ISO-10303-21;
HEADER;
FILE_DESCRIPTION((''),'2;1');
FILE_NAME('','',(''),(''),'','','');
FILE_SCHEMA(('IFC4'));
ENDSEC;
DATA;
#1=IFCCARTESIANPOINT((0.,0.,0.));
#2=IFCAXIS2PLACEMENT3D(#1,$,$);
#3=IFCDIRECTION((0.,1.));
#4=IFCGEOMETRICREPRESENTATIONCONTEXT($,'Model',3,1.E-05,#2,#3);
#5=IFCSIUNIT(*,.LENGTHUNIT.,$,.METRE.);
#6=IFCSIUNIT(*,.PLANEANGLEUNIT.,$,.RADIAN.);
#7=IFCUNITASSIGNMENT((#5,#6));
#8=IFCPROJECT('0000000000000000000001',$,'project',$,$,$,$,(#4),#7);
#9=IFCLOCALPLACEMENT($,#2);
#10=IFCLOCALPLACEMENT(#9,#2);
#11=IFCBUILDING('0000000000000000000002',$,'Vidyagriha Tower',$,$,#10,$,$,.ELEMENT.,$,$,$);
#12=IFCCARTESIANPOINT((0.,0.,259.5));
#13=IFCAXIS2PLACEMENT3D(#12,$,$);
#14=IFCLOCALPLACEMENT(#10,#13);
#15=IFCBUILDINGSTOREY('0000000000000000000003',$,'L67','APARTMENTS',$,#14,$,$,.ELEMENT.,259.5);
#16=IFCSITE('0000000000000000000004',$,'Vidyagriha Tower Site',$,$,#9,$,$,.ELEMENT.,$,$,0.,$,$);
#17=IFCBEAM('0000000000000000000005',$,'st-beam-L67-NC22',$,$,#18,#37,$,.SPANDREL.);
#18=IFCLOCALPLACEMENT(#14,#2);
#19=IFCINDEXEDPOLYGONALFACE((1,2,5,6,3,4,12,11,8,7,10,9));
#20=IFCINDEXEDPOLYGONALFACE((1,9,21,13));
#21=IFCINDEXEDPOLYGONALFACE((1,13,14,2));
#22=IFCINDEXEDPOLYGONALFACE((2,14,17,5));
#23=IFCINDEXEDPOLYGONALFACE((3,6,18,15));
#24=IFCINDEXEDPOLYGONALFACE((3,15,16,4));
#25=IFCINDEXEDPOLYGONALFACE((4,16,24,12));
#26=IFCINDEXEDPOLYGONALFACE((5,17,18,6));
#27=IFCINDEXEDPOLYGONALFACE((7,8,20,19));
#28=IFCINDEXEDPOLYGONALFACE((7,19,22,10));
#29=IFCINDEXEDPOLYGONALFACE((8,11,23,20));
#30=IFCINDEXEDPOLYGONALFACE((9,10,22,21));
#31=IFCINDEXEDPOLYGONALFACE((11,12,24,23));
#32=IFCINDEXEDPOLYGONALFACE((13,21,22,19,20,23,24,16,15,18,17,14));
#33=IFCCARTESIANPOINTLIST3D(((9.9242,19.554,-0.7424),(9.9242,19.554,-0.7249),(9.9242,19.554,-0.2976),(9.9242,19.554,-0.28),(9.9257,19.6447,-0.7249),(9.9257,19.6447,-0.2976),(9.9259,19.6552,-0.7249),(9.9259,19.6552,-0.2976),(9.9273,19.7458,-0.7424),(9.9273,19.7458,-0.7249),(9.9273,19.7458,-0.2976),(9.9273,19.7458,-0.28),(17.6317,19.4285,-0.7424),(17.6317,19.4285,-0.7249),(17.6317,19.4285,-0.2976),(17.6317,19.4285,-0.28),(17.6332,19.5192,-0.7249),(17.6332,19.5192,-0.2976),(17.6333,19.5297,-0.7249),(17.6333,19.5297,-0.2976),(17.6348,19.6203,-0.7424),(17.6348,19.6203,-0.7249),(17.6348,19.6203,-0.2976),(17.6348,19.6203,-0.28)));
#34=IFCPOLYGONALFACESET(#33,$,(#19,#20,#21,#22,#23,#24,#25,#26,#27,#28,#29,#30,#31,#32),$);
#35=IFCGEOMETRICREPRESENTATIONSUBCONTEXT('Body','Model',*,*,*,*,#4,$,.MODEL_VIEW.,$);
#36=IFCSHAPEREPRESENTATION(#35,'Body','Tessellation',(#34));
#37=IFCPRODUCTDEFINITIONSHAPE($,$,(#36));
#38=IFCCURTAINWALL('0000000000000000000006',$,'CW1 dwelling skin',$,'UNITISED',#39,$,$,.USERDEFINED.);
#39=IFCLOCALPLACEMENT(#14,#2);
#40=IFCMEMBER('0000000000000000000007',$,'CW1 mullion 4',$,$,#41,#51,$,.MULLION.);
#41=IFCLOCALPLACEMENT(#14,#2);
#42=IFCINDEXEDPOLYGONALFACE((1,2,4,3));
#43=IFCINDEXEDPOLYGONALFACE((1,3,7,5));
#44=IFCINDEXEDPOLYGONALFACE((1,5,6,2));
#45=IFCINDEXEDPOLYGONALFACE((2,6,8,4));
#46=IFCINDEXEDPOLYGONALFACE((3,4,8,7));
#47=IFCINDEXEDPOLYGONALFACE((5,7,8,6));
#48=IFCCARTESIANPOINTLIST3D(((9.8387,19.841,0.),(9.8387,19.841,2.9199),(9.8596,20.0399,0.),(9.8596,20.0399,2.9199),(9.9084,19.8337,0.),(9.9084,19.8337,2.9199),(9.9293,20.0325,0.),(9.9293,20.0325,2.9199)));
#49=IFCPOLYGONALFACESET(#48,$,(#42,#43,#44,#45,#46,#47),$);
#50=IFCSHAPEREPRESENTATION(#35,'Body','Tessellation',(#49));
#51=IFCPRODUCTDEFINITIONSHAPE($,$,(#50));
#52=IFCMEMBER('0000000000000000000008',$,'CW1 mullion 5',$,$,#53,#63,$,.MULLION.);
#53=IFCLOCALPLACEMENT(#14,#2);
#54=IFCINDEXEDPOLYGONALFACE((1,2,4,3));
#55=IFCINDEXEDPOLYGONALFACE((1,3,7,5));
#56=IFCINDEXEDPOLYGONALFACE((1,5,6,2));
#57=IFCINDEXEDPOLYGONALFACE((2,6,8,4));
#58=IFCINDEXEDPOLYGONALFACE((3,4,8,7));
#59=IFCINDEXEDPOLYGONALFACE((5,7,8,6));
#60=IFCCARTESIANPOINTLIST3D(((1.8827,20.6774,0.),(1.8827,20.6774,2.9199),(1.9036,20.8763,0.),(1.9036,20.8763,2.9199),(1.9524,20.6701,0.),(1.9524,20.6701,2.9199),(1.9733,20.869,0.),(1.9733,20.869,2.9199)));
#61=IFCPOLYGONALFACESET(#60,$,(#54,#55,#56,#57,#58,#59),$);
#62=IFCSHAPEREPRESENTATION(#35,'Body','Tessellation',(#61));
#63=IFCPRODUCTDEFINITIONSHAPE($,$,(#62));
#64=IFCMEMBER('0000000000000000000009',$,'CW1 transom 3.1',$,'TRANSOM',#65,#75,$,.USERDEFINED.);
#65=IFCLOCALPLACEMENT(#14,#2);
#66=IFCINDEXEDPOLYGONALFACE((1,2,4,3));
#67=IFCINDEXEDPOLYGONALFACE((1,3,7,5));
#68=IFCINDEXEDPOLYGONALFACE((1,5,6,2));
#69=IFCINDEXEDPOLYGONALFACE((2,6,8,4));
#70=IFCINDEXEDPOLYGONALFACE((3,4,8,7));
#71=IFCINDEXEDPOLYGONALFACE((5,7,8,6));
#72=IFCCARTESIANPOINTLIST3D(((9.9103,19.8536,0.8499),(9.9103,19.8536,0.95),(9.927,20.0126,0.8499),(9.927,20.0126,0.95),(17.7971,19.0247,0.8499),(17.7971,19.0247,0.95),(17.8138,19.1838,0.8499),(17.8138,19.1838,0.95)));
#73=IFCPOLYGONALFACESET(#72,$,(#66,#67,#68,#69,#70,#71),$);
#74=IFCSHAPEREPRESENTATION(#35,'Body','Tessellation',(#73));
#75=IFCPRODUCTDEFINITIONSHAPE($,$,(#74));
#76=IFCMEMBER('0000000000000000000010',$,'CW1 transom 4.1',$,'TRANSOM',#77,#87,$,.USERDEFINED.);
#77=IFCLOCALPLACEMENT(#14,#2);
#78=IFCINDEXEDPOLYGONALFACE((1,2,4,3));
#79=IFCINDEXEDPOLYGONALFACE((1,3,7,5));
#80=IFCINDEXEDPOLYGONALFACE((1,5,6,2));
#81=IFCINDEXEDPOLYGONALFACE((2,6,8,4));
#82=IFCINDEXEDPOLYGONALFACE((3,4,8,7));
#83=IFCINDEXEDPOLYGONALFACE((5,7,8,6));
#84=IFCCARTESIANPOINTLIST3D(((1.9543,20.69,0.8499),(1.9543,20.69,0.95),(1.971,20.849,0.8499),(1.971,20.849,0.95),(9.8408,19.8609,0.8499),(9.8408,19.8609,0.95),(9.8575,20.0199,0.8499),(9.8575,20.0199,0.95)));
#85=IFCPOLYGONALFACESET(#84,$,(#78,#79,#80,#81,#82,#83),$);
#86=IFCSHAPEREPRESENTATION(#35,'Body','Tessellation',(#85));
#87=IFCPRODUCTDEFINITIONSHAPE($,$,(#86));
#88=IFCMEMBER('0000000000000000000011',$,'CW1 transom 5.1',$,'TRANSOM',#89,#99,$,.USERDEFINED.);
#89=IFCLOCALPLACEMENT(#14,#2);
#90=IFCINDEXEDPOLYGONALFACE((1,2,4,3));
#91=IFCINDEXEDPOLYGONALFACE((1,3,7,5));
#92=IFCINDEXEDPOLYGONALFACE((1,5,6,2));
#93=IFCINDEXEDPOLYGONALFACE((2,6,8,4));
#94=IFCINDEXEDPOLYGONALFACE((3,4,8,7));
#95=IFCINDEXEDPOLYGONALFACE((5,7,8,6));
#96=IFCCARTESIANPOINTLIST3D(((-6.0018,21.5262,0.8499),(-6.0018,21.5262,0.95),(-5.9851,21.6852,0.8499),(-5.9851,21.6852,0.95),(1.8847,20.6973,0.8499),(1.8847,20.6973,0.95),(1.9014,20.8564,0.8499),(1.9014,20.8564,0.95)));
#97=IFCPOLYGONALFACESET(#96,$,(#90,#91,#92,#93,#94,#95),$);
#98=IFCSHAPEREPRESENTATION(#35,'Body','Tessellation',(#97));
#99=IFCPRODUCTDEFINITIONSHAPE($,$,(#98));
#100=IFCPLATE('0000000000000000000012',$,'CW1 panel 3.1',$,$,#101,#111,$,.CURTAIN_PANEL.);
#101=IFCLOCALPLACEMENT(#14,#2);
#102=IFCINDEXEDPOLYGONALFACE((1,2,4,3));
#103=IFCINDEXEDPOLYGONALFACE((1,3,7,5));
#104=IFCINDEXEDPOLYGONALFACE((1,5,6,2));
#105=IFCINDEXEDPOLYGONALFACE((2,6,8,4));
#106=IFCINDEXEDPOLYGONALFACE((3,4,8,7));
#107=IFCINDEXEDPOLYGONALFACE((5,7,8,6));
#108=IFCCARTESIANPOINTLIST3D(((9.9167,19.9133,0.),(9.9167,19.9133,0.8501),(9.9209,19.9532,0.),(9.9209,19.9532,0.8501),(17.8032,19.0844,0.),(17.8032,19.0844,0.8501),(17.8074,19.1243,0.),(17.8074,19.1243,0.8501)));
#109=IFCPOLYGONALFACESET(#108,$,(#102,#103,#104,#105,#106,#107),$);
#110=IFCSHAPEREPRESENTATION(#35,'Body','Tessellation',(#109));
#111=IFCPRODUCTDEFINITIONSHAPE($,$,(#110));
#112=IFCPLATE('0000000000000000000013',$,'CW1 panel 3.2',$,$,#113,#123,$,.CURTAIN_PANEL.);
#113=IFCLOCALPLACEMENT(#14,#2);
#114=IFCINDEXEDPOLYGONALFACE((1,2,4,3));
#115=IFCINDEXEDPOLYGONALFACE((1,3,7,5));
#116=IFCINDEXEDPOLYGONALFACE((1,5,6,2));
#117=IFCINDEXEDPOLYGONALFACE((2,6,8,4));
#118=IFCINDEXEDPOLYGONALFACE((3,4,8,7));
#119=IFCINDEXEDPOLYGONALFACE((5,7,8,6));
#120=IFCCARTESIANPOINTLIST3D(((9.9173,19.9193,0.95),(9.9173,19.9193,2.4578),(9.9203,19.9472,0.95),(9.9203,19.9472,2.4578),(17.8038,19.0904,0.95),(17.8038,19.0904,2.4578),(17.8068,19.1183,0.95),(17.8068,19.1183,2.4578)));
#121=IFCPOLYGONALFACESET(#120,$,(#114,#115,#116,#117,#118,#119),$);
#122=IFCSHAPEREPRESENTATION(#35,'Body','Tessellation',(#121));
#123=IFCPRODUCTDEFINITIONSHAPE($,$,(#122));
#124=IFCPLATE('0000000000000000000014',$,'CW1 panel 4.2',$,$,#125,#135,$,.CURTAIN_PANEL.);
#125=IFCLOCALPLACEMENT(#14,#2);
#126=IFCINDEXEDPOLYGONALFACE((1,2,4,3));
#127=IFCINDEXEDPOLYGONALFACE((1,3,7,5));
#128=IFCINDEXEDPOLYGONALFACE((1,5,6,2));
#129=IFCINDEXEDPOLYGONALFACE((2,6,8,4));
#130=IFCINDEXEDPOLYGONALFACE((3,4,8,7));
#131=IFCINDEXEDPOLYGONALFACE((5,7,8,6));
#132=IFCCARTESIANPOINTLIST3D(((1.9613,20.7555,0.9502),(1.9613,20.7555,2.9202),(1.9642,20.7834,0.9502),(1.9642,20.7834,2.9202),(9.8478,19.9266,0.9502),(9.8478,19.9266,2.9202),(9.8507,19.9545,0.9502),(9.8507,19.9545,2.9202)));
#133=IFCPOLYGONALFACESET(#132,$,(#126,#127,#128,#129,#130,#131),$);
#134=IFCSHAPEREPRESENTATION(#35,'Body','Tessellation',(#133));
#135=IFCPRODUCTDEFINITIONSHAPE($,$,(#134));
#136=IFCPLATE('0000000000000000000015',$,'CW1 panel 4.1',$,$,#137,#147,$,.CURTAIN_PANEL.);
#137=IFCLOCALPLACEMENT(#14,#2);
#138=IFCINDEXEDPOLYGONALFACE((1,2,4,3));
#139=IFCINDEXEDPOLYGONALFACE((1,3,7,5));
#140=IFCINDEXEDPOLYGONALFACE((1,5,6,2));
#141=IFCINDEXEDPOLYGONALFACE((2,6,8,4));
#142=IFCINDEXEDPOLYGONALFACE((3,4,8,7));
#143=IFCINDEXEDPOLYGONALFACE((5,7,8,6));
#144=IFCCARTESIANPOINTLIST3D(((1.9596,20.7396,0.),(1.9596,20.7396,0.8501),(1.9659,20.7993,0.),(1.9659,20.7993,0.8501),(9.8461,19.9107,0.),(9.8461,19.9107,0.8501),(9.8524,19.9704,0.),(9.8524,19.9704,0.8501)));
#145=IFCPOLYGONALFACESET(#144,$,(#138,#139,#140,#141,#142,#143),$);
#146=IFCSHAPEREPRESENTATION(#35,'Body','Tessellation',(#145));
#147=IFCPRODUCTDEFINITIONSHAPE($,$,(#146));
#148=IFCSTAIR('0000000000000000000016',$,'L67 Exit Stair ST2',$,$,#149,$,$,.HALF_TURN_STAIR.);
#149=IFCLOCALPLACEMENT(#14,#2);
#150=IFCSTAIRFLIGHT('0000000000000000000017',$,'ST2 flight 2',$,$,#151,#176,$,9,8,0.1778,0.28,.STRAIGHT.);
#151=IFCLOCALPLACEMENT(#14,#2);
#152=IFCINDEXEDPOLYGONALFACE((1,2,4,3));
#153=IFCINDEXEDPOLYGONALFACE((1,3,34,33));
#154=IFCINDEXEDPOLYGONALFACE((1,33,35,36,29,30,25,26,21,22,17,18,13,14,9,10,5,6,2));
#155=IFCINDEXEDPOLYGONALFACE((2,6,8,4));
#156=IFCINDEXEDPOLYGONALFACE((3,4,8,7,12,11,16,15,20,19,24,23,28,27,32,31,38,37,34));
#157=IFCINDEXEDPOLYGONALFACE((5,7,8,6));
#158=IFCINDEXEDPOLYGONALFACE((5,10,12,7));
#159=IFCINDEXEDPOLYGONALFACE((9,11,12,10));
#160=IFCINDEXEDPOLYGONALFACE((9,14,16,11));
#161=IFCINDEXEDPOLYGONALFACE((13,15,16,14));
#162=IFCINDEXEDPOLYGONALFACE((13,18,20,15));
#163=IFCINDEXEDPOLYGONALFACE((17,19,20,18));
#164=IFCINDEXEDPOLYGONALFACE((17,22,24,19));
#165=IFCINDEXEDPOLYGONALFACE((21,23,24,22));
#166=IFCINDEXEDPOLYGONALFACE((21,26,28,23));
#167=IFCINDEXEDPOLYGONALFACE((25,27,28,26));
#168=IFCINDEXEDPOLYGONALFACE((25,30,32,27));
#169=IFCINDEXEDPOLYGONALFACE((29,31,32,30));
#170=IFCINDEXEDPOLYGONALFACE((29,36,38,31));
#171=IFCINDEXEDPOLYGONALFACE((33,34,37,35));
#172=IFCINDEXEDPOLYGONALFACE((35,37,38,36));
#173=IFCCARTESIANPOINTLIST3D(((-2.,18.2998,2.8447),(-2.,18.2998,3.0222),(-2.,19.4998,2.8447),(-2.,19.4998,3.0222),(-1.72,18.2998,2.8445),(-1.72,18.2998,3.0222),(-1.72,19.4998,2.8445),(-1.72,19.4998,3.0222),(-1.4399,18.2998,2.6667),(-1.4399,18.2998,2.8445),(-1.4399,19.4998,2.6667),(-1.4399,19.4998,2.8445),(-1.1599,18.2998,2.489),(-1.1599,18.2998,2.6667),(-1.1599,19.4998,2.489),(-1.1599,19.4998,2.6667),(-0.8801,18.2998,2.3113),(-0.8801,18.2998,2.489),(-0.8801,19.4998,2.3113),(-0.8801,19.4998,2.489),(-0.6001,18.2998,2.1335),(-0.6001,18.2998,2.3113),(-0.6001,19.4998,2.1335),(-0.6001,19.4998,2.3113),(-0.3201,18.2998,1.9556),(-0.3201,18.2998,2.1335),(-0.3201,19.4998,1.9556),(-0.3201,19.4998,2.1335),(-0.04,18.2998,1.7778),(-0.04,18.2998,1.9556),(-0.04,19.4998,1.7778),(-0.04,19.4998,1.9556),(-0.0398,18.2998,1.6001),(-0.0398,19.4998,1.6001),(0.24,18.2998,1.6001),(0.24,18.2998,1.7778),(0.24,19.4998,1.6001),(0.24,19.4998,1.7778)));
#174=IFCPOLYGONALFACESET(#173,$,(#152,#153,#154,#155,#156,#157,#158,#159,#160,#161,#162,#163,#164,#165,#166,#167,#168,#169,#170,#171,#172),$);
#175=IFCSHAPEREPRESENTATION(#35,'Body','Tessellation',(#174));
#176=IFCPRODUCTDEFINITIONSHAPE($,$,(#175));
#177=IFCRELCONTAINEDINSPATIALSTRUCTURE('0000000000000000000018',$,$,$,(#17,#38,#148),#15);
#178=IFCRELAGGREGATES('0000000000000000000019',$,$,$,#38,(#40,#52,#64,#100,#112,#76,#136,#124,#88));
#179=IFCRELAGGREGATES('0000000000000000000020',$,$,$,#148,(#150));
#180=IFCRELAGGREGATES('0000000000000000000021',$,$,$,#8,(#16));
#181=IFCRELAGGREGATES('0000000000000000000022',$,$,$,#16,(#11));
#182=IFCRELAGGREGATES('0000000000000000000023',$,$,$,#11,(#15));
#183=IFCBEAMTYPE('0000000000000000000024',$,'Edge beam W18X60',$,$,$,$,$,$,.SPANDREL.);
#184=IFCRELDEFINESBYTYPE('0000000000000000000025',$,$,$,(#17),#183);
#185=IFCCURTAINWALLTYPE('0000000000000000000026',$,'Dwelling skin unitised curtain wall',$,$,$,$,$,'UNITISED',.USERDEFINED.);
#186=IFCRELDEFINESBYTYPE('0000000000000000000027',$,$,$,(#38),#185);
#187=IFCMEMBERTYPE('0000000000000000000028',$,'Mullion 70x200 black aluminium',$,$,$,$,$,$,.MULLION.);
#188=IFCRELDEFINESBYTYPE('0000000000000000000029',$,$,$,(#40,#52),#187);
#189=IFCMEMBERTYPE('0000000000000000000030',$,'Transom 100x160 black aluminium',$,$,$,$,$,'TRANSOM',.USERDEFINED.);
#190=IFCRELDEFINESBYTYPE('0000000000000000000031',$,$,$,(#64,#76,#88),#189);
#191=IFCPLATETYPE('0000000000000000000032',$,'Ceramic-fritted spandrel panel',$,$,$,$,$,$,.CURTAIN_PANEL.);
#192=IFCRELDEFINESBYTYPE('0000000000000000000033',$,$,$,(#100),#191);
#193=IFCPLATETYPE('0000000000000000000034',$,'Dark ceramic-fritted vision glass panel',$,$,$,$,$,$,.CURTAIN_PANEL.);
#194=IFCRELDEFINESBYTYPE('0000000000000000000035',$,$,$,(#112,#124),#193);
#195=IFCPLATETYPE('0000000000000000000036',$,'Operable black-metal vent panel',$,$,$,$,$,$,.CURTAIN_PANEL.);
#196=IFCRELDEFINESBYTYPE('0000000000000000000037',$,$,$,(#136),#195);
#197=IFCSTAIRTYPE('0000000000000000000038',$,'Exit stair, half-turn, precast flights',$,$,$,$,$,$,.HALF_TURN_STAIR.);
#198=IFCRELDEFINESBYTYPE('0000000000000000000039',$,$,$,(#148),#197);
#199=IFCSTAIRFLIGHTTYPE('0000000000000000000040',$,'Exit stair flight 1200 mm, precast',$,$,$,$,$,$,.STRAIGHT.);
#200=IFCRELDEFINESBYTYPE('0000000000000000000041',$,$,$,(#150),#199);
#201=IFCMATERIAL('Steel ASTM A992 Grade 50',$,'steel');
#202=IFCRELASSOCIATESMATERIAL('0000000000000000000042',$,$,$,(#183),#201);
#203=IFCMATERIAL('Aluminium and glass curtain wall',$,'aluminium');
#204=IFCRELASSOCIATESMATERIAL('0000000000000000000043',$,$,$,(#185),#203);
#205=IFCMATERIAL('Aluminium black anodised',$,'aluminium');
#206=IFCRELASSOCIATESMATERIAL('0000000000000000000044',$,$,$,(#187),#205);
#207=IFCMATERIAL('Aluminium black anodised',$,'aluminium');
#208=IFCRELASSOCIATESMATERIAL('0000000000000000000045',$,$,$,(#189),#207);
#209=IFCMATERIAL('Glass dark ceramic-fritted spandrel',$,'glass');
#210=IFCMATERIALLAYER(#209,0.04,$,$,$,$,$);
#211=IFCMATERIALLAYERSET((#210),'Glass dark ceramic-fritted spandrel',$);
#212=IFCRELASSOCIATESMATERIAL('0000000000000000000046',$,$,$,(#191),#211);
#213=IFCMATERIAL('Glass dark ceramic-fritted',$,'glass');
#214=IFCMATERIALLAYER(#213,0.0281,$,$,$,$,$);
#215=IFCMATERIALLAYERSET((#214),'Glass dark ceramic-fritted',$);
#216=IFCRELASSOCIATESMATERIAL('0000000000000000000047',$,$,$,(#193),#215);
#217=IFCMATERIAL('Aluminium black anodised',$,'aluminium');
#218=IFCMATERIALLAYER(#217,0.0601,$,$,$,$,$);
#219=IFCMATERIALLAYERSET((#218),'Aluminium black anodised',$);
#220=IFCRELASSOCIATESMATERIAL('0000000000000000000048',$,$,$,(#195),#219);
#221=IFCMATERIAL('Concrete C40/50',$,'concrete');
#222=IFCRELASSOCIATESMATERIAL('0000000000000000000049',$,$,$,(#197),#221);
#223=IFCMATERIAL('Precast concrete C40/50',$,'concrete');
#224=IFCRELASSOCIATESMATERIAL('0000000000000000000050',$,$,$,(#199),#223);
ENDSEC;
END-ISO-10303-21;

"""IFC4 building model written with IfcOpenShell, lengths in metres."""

from ifc_helpers import new_model, si_unit, direction, frame, origin, origin_2d, place, context, subcontext, project, spatial, polyline, rectangle, i_section, outline, extrude, material, layer, layer_set, material_profile, profile_set, type_object, element, aggregate, save


model = new_model("IFC4")

# Units and contexts
model_context = context("Model", 3, precision=1e-05, world=origin(), true_north=direction((0.0, 1.0)))
body_context = subcontext(model_context, "Body", "Model", "MODEL_VIEW")
ifc_project = project(units=[si_unit("LENGTHUNIT", "METRE"), si_unit("PLANEANGLEUNIT", "RADIAN")], contexts=[model_context])

# Site, building, storey
site_placement = place(None, origin())
site = spatial("IfcSite", under=ifc_project, at=site_placement, Name="Vidyagriha Tower Site", CompositionType="ELEMENT", RefElevation=0.0)
building_placement = place(site_placement, origin())
building = spatial("IfcBuilding", under=site, at=building_placement, Name="Vidyagriha Tower", CompositionType="ELEMENT")
storey_placement = place(building_placement, frame((0.0, 0.0, 259.5)))
storey = spatial("IfcBuildingStorey", under=building, at=storey_placement, Name="L67", Description="APARTMENTS", CompositionType="ELEMENT", Elevation=259.5)

# Beam
ifc_material_1 = material(Name="Steel ASTM A992 Grade 50", Category="steel")
ifc_material_profile_1 = material_profile(ifc_material_1, i_section(OverallWidth=0.1919, OverallDepth=0.4624, WebThickness=0.0105, FlangeThickness=0.0176, at=origin_2d()), Name="W18X60")
ifc_profile_set_1 = profile_set([ifc_material_profile_1], Name="Steel ASTM A992 Grade 50")
beam_type = type_object("IfcBeamType", Name="Edge beam W18X60", PredefinedType="SPANDREL", material=ifc_profile_set_1)
beam_placement = place(storey_placement, frame((9.9258, 19.6499, -0.5112), z_axis=(0.999867, -0.016279, 0.0), x_axis=(0.016279, 0.999867, 0.0)))
element("IfcBeam", 1, at=beam_placement, inside=storey, type_object=beam_type, Name="st-beam-L67-NC22", PredefinedType="SPANDREL", context=body_context, shape_type="SweptSolid", body=[
    extrude(i_section(OverallWidth=0.1919, OverallDepth=0.4624, WebThickness=0.0105, FlangeThickness=0.0176, at=origin_2d()), origin(), (0.0, 0.0, 1.0), 7.7085),
])

# Curtain wall, members, plates
ifc_material_2 = material(Name="Aluminium and glass curtain wall", Category="aluminium")
curtain_wall_type = type_object("IfcCurtainWallType", Name="Dwelling skin unitised curtain wall", ElementType="UNITISED", PredefinedType="USERDEFINED", material=ifc_material_2)
curtain_wall_placement = place(storey_placement, origin())
curtain_wall = element("IfcCurtainWall", 2, at=curtain_wall_placement, inside=storey, type_object=curtain_wall_type, Name="CW1 dwelling skin", ObjectType="UNITISED", PredefinedType="USERDEFINED")
ifc_material_3 = material(Name="Aluminium black anodised", Category="aluminium")
ifc_material_profile_2 = material_profile(ifc_material_3, rectangle(XDim=0.2, YDim=0.0701, at=origin_2d()), Name="Mullion 70x200 black aluminium")
ifc_profile_set_2 = profile_set([ifc_material_profile_2], Name="Aluminium black anodised")
member_type_1 = type_object("IfcMemberType", Name="Mullion 70x200 black aluminium", PredefinedType="MULLION", material=ifc_profile_set_2)
member_1_placement = place(storey_placement, frame((9.884, 19.9368, 0.0), z_axis=(0.0, 0.0, 1.0), x_axis=(-0.104529, -0.994522, 0.0)))
member_1 = element("IfcMember", 3, at=member_1_placement, type_object=member_type_1, Name="CW1 mullion 4", PredefinedType="MULLION", context=body_context, shape_type="SweptSolid", body=[
    extrude(rectangle(XDim=0.2, YDim=0.0701, at=origin_2d()), origin(), (0.0, 0.0, 1.0), 2.9199),
])
member_2_placement = place(storey_placement, frame((1.928, 20.7732, 0.0), z_axis=(0.0, 0.0, 1.0), x_axis=(-0.104529, -0.994522, 0.0)))
member_2 = element("IfcMember", 4, at=member_2_placement, type_object=member_type_1, Name="CW1 mullion 5", PredefinedType="MULLION", context=body_context, shape_type="SweptSolid", body=[
    extrude(rectangle(XDim=0.2, YDim=0.0701, at=origin_2d()), origin(), (0.0, 0.0, 1.0), 2.9199),
])
ifc_material_4 = material(Name="Aluminium black anodised", Category="aluminium")
ifc_material_profile_3 = material_profile(ifc_material_4, rectangle(XDim=0.1599, YDim=0.1001, at=origin_2d()), Name="Transom 100x160 black aluminium")
ifc_profile_set_3 = profile_set([ifc_material_profile_3], Name="Aluminium black anodised")
member_type_2 = type_object("IfcMemberType", Name="Transom 100x160 black aluminium", ElementType="TRANSOM", PredefinedType="USERDEFINED", material=ifc_profile_set_3)
member_3_placement = place(storey_placement, frame((17.8054, 19.1042, 0.8999), z_axis=(-0.994523, 0.10452, 0.0), x_axis=(-0.10452, -0.994523, 0.0)))
member_3 = element("IfcMember", 5, at=member_3_placement, type_object=member_type_2, Name="CW1 transom 3.1", ObjectType="TRANSOM", PredefinedType="USERDEFINED", context=body_context, shape_type="SweptSolid", body=[
    extrude(rectangle(XDim=0.1599, YDim=0.1001, at=origin_2d()), origin(), (0.0, 0.0, 1.0), 7.9302),
])
member_4_placement = place(storey_placement, frame((9.8491, 19.9404, 0.8999), z_axis=(-0.994519, 0.104553, 0.0), x_axis=(-0.104553, -0.994519, 0.0)))
member_4 = element("IfcMember", 6, at=member_4_placement, type_object=member_type_2, Name="CW1 transom 4.1", ObjectType="TRANSOM", PredefinedType="USERDEFINED", context=body_context, shape_type="SweptSolid", body=[
    extrude(rectangle(XDim=0.1599, YDim=0.1001, at=origin_2d()), origin(), (0.0, 0.0, 1.0), 7.9299),
])
member_5_placement = place(storey_placement, frame((1.8931, 20.7769, 0.8999), z_axis=(-0.994522, 0.104523, 0.0), x_axis=(-0.104523, -0.994522, 0.0)))
member_5 = element("IfcMember", 7, at=member_5_placement, type_object=member_type_2, Name="CW1 transom 5.1", ObjectType="TRANSOM", PredefinedType="USERDEFINED", context=body_context, shape_type="SweptSolid", body=[
    extrude(rectangle(XDim=0.1599, YDim=0.1001, at=origin_2d()), origin(), (0.0, 0.0, 1.0), 7.9299),
])
ifc_material_5 = material(Name="Glass dark ceramic-fritted spandrel", Category="glass")
ifc_layer_1 = layer(ifc_material_5, 0.04)
ifc_layer_set_1 = layer_set([ifc_layer_1], Name="Glass dark ceramic-fritted spandrel")
plate_type_1 = type_object("IfcPlateType", Name="Ceramic-fritted spandrel panel", PredefinedType="CURTAIN_PANEL", material=ifc_layer_set_1)
plate_1_placement = place(storey_placement, frame((13.8621, 19.5188, 0.0), z_axis=(0.0, 0.0, 1.0), x_axis=(-0.994522, 0.104529, 0.0)))
plate_1 = element("IfcPlate", 8, at=plate_1_placement, type_object=plate_type_1, Name="CW1 panel 3.1", PredefinedType="CURTAIN_PANEL", context=body_context, shape_type="SweptSolid", body=[
    extrude(rectangle(XDim=7.9299, YDim=0.04, at=origin_2d()), origin(), (0.0, 0.0, 1.0), 0.8501),
])
ifc_material_6 = material(Name="Glass dark ceramic-fritted", Category="glass")
ifc_layer_2 = layer(ifc_material_6, 0.0281)
ifc_layer_set_2 = layer_set([ifc_layer_2], Name="Glass dark ceramic-fritted")
plate_type_2 = type_object("IfcPlateType", Name="Dark ceramic-fritted vision glass panel", PredefinedType="CURTAIN_PANEL", material=ifc_layer_set_2)
plate_2_placement = place(storey_placement, frame((13.8621, 19.5188, 0.95), z_axis=(0.0, 0.0, 1.0), x_axis=(-0.994522, 0.104529, 0.0)))
plate_2 = element("IfcPlate", 9, at=plate_2_placement, type_object=plate_type_2, Name="CW1 panel 3.2", PredefinedType="CURTAIN_PANEL", context=body_context, shape_type="SweptSolid", body=[
    extrude(rectangle(XDim=7.9299, YDim=0.0281, at=origin_2d()), origin(), (0.0, 0.0, 1.0), 1.5078),
])
plate_3_placement = place(storey_placement, frame((5.906, 20.355, 0.9502), z_axis=(0.0, 0.0, 1.0), x_axis=(-0.994522, 0.104529, 0.0)))
plate_3 = element("IfcPlate", 10, at=plate_3_placement, type_object=plate_type_2, Name="CW1 panel 4.2", PredefinedType="CURTAIN_PANEL", context=body_context, shape_type="SweptSolid", body=[
    extrude(rectangle(XDim=7.9299, YDim=0.0281, at=origin_2d()), origin(), (0.0, 0.0, 1.0), 1.97),
])
ifc_material_7 = material(Name="Aluminium black anodised", Category="aluminium")
ifc_layer_3 = layer(ifc_material_7, 0.0601)
ifc_layer_set_3 = layer_set([ifc_layer_3], Name="Aluminium black anodised")
plate_type_3 = type_object("IfcPlateType", Name="Operable black-metal vent panel", PredefinedType="CURTAIN_PANEL", material=ifc_layer_set_3)
plate_4_placement = place(storey_placement, frame((5.906, 20.355, 0.0), z_axis=(0.0, 0.0, 1.0), x_axis=(-0.994522, 0.104529, 0.0)))
plate_4 = element("IfcPlate", 11, at=plate_4_placement, type_object=plate_type_3, Name="CW1 panel 4.1", PredefinedType="CURTAIN_PANEL", context=body_context, shape_type="SweptSolid", body=[
    extrude(rectangle(XDim=7.9299, YDim=0.0601, at=origin_2d()), origin(), (0.0, 0.0, 1.0), 0.8501),
])
aggregate(curtain_wall, [member_1, member_2, member_3, plate_1, plate_2, member_4, plate_4, plate_3, member_5])

# Stair, stair flight
ifc_material_8 = material(Name="Concrete C40/50", Category="concrete")
stair_type = type_object("IfcStairType", Name="Exit stair, half-turn, precast flights", PredefinedType="HALF_TURN_STAIR", material=ifc_material_8)
stair_1_placement = place(storey_placement, origin())
stair_1 = element("IfcStair", 12, at=stair_1_placement, inside=storey, type_object=stair_type, Name="L67 Exit Stair ST2", PredefinedType="HALF_TURN_STAIR")
ifc_material_9 = material(Name="Precast concrete C40/50", Category="concrete")
stair_flight_type = type_object("IfcStairFlightType", Name="Exit stair flight 1200 mm, precast", PredefinedType="STRAIGHT", material=ifc_material_9)
stair_flight_1_placement = place(storey_placement, frame((0.24, 18.8999, 1.6001), z_axis=(0.0, 0.0, 1.0), x_axis=(-1.0, 0.0, 0.0)))
stair_flight_1 = element("IfcStairFlight", 13, at=stair_flight_1_placement, type_object=stair_flight_type, Name="ST2 flight 2", NumberOfRisers=9, NumberOfTreads=8, PredefinedType="STRAIGHT", RiserHeight=0.1778, TreadLength=0.28, context=body_context, shape_type="SweptSolid", body=[
    extrude(outline(polyline([(0.0, 0.0), (0.0, 0.1777), (0.28, 0.1777), (0.28, 0.3555), (0.5601, 0.3555), (0.5601, 0.5334), (0.8401, 0.5334), (0.8401, 0.7112), (1.1201, 0.7112), (1.1201, 0.8889), (1.3999, 0.8889), (1.3999, 1.0667), (1.6799, 1.0667), (1.6799, 1.2444), (1.96, 1.2444), (1.96, 1.4221), (2.24, 1.4221), (2.24, 1.6001), (2.24, 1.2446), (0.2798, 0.0), (0.0, 0.0)])), frame((0.0, 0.6001, 0.0), z_axis=(0.0, -1.0, 0.0), x_axis=(1.0, 0.0, 0.0)), (0.0, 0.0, 1.0), 1.2),
])
aggregate(stair_1, [stair_flight_1])

save(model, "model.ifc")
